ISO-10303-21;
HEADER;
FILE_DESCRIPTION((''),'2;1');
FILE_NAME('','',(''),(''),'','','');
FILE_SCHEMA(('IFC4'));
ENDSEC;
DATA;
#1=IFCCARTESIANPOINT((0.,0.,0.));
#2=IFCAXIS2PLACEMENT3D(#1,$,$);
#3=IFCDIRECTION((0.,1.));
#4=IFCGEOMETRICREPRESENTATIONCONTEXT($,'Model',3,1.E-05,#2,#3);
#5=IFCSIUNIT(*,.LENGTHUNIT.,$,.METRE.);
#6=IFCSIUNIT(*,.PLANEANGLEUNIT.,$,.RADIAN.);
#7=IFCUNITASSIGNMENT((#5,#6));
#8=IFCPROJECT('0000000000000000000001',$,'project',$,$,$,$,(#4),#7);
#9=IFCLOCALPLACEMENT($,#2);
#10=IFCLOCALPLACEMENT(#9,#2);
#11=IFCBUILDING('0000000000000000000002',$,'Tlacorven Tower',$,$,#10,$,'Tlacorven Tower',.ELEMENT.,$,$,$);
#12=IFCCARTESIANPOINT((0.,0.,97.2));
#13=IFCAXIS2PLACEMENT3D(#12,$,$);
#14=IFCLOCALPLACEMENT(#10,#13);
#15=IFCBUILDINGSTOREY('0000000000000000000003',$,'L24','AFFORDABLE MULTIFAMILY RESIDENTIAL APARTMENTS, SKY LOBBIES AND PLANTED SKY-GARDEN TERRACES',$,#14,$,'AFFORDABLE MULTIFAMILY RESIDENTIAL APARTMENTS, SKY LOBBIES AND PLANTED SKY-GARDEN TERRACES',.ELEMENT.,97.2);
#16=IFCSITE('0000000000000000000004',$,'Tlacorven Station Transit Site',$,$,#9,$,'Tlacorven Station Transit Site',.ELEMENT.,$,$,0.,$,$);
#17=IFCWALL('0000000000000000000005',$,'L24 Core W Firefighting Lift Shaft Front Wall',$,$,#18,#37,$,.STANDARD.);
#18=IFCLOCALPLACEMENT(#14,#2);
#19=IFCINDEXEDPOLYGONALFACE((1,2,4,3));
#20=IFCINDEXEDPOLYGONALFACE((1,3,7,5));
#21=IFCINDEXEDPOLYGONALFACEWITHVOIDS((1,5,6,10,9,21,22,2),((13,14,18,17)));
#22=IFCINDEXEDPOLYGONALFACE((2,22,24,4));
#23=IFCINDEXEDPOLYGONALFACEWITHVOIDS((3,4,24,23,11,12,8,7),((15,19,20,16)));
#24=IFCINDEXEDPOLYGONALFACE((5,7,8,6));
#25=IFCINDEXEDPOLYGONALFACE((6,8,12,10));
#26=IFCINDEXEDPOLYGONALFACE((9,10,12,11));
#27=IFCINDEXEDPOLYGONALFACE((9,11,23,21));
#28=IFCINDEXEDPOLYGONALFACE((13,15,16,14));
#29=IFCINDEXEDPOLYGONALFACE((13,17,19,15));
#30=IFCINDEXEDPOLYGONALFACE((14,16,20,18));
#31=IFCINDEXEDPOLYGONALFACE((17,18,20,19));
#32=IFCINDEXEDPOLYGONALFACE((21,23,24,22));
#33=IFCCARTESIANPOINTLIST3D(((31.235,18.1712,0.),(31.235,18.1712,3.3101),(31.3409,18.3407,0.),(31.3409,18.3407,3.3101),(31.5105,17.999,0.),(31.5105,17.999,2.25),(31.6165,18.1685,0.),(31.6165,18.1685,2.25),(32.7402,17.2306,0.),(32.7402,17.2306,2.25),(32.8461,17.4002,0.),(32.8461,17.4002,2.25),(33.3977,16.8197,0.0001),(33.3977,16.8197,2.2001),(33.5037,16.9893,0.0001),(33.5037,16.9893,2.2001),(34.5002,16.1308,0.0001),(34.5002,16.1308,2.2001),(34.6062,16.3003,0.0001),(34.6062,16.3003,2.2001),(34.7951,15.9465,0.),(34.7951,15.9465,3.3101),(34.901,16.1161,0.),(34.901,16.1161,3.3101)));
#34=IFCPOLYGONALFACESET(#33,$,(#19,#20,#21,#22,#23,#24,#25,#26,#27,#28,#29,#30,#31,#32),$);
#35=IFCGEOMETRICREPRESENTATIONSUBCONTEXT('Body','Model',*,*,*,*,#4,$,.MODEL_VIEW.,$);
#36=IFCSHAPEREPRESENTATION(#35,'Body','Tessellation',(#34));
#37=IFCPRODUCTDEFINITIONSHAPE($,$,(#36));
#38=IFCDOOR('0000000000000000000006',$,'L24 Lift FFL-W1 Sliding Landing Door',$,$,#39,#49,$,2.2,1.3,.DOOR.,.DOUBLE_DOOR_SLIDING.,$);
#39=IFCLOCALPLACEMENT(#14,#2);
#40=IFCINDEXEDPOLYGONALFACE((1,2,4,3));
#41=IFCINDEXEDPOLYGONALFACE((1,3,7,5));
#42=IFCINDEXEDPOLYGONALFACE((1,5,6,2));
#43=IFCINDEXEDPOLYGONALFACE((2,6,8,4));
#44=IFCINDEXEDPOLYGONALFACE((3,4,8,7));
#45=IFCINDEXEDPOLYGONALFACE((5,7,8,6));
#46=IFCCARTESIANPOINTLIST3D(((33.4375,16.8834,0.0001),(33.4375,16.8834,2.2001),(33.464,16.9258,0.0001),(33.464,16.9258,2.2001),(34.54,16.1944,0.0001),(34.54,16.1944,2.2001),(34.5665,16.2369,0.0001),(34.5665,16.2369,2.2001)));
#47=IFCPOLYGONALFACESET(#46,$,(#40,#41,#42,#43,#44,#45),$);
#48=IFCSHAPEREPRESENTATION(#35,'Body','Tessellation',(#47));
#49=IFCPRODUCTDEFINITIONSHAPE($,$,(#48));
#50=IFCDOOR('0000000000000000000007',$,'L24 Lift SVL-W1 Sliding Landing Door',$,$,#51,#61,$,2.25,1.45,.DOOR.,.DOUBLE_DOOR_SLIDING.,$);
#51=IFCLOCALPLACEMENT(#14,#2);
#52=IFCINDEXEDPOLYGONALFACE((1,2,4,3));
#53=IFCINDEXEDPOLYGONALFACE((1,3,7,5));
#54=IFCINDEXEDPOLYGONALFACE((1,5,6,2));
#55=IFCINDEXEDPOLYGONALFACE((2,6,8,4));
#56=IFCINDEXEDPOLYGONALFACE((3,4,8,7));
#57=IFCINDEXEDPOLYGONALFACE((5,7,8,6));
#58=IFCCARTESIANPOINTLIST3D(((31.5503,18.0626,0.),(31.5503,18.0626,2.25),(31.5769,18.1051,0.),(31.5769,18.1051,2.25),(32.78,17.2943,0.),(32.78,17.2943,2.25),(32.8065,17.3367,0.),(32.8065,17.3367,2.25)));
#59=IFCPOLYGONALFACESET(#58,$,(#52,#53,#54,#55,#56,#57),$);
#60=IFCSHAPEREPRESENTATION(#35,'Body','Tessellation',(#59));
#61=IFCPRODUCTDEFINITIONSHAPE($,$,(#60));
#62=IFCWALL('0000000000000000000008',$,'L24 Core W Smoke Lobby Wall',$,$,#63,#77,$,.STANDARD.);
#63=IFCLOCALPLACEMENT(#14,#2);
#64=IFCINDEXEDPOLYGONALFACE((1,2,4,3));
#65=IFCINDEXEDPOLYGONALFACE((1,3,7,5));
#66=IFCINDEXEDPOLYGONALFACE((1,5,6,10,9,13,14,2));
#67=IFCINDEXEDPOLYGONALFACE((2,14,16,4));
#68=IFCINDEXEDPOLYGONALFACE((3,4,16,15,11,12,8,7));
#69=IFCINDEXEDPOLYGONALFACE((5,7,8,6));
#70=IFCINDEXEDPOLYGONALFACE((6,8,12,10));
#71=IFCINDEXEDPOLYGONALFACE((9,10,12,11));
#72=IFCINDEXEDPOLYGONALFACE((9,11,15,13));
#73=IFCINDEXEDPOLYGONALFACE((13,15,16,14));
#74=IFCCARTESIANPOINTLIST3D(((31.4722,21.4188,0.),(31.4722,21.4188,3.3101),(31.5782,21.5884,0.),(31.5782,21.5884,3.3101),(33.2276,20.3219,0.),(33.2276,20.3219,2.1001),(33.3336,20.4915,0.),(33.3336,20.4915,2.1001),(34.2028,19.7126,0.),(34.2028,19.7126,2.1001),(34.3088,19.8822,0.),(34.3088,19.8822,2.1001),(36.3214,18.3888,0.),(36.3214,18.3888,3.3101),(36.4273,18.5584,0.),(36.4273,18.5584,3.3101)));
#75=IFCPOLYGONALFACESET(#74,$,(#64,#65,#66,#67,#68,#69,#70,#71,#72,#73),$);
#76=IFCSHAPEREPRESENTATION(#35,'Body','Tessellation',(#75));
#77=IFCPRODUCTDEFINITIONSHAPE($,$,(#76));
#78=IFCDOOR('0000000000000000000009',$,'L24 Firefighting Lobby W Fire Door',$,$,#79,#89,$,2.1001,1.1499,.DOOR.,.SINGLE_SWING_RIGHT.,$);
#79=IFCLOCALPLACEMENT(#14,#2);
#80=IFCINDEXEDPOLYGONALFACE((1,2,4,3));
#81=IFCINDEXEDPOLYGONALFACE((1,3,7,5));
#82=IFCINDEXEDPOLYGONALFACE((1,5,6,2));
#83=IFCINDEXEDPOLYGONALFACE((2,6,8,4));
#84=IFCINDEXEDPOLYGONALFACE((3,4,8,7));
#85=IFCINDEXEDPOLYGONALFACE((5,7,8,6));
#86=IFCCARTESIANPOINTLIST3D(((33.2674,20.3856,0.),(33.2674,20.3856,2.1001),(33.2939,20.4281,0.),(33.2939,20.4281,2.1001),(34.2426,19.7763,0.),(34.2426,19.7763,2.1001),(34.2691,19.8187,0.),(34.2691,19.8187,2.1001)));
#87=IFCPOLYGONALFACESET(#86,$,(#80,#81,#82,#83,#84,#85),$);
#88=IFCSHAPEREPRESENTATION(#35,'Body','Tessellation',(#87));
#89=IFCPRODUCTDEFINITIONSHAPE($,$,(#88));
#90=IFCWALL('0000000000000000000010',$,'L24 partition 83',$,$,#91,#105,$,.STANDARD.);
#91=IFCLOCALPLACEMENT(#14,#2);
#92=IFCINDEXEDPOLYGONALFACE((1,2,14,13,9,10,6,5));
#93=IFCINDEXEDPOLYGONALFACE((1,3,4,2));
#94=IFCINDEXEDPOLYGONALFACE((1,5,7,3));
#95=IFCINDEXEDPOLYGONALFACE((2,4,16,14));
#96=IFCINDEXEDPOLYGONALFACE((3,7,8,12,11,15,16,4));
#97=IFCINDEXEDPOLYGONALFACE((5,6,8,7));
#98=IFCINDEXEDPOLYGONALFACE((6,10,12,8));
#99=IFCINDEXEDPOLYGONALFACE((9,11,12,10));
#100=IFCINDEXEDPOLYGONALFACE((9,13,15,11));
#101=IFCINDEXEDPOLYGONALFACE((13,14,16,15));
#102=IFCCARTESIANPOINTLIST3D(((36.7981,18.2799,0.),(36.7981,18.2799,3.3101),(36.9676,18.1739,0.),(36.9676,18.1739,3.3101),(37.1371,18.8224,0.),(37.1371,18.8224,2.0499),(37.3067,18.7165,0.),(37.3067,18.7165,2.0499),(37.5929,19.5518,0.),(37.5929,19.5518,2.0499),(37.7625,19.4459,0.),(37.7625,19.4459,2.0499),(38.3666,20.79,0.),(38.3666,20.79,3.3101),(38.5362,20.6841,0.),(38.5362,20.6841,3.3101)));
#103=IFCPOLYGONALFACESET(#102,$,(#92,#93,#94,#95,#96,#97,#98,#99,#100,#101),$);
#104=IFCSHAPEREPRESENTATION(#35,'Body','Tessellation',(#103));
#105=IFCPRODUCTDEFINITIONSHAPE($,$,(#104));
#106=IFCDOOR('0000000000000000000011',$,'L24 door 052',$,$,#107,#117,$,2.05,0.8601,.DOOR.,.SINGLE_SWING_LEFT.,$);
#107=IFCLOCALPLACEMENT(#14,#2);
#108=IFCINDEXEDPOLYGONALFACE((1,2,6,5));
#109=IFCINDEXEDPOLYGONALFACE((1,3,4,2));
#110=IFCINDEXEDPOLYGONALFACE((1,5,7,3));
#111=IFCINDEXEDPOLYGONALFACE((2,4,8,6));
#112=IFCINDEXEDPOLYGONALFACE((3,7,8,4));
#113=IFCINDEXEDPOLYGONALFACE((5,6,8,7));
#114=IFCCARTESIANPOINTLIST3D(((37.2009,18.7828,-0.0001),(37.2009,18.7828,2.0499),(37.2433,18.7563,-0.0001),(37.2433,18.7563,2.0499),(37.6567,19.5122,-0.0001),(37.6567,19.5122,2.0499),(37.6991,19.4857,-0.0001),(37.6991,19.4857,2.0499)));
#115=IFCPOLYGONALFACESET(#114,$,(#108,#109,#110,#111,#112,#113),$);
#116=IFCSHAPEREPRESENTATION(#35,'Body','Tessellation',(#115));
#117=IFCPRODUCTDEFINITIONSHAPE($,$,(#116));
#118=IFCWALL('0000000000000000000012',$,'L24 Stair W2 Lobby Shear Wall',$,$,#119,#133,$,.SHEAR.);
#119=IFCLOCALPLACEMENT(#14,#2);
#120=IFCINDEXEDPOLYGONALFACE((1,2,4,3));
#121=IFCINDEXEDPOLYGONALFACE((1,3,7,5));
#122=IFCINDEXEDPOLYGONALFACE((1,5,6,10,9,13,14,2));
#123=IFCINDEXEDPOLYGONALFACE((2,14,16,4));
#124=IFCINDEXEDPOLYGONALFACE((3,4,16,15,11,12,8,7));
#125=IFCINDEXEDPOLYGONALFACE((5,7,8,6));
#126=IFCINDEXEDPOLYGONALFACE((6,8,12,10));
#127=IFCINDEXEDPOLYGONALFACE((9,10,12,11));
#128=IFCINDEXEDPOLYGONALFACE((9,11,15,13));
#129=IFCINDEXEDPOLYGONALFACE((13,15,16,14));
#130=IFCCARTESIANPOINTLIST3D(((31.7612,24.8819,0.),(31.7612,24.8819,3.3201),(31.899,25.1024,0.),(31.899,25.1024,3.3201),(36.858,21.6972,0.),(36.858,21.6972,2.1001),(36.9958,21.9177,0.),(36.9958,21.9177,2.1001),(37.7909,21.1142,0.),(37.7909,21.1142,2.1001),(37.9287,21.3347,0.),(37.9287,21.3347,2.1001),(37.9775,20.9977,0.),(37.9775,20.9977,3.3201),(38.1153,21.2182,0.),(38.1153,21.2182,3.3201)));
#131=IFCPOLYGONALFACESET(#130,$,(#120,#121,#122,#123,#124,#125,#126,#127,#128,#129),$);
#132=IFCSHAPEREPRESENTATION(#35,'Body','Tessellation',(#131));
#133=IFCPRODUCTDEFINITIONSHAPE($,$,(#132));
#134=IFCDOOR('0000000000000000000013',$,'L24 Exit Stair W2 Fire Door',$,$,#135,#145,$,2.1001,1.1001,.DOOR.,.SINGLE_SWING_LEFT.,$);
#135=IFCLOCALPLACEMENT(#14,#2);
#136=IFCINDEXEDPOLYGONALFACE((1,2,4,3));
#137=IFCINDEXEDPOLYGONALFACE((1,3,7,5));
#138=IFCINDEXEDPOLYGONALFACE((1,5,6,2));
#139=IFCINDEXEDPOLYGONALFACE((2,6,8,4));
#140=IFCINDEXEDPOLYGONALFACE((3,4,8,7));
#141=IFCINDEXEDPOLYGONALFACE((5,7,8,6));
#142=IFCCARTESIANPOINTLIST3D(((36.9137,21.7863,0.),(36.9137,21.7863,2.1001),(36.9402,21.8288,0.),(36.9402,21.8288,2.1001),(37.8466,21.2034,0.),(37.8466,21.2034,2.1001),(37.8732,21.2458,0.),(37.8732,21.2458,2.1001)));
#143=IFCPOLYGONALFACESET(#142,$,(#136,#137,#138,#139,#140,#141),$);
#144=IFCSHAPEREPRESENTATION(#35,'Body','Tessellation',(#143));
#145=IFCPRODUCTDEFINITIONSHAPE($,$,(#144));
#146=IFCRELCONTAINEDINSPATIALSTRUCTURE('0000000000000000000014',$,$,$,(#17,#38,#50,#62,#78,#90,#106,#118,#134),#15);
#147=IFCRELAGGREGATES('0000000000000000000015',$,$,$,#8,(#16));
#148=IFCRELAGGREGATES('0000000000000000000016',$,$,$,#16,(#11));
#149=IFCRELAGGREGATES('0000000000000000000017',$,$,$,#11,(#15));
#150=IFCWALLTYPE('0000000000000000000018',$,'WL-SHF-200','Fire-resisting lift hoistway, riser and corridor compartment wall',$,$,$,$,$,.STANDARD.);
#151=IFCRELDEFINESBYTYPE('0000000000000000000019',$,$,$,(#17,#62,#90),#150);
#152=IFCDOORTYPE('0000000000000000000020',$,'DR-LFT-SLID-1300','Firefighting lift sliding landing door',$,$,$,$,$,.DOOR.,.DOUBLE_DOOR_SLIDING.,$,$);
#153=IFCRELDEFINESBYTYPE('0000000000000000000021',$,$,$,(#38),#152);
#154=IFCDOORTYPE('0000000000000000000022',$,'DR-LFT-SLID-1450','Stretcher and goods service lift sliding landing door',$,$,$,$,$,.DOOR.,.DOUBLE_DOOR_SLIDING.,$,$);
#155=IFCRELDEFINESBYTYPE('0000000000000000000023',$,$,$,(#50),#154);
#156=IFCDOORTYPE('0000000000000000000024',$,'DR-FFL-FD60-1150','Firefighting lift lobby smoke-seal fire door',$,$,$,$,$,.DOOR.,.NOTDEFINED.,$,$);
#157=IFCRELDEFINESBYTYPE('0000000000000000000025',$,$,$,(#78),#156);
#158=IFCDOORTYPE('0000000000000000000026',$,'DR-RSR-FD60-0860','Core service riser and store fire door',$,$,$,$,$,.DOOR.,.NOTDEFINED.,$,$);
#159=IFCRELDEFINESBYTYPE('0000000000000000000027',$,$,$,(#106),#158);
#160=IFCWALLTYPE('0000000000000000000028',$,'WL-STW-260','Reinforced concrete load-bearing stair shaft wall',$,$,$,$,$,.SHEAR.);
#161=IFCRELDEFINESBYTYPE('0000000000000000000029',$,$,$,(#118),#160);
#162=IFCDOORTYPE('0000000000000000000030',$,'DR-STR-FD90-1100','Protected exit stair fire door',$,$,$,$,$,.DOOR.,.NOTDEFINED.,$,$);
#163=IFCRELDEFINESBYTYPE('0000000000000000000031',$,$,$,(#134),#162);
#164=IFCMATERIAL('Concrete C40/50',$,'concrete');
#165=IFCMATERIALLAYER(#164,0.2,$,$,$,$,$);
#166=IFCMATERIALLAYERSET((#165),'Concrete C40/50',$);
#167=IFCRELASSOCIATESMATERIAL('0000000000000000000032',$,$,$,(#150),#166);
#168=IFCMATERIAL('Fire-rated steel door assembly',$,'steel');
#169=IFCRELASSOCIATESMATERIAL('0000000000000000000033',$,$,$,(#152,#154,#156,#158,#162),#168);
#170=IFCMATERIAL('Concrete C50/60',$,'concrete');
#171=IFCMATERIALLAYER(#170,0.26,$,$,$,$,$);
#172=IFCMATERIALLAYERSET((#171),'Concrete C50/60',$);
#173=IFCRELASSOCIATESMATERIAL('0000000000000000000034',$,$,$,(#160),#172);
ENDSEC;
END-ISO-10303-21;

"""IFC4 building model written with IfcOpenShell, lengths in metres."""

from ifc_helpers import new_model, si_unit, direction, frame, frame_2d, origin, place, context, subcontext, project, spatial, rectangle, extrude, source, transform, mapped, material, layer, layer_set, type_object, element, fill, save


model = new_model("IFC4")

# Units and contexts
model_context = context("Model", 3, precision=1e-05, world=origin(), true_north=direction((0.0, 1.0)))
body_context = subcontext(model_context, "Body", "Model", "MODEL_VIEW")
ifc_project = project(units=[si_unit("LENGTHUNIT", "METRE"), si_unit("PLANEANGLEUNIT", "RADIAN")], contexts=[model_context])

# Site, building, storey
site_placement = place(None, origin())
site = spatial("IfcSite", under=ifc_project, at=site_placement, Name="Tlacorven Station Transit Site", LongName="Tlacorven Station Transit Site", CompositionType="ELEMENT", RefElevation=0.0)
building_placement = place(site_placement, origin())
building = spatial("IfcBuilding", under=site, at=building_placement, Name="Tlacorven Tower", LongName="Tlacorven Tower", CompositionType="ELEMENT")
storey_placement = place(building_placement, frame((0.0, 0.0, 97.2)))
storey = spatial("IfcBuildingStorey", under=building, at=storey_placement, Name="L24", Description="AFFORDABLE MULTIFAMILY RESIDENTIAL APARTMENTS, SKY LOBBIES AND PLANTED SKY-GARDEN TERRACES", LongName="AFFORDABLE MULTIFAMILY RESIDENTIAL APARTMENTS, SKY LOBBIES AND PLANTED SKY-GARDEN TERRACES", CompositionType="ELEMENT", Elevation=97.2)

# Shared definitions
ifc_material_1 = material(Name="Fire-rated steel door assembly", Category="steel")

# Wall, openings, doors
ifc_material_2 = material(Name="Concrete C40/50", Category="concrete")
ifc_layer_1 = layer(ifc_material_2, 0.2)
ifc_layer_set_1 = layer_set([ifc_layer_1], Name="Concrete C40/50")
wall_type_1 = type_object("IfcWallType", Name="WL-SHF-200", Description="Fire-resisting lift hoistway, riser and corridor compartment wall", PredefinedType="STANDARD", material=ifc_layer_set_1)
wall_1_placement = place(storey_placement, frame((34.8481, 16.0312, 0.0), z_axis=(0.0, 0.0, 1.0), x_axis=(-0.848044, 0.529926, 0.0)))
wall_1 = element("IfcWall", 1, at=wall_1_placement, inside=storey, type_object=wall_type_1, Name="L24 Core W Firefighting Lift Shaft Front Wall", PredefinedType="STANDARD", context=body_context, shape_type="SweptSolid", body=[
    extrude(rectangle(XDim=4.198, YDim=0.2, at=frame_2d((2.0991, 0.0))), origin(), (0.0, 0.0, 1.0), 3.3101),
])
opening_1_placement = place(wall_1_placement, frame((0.3479, 0.0, 0.0)))
opening_1 = element("IfcOpeningElement", 2, at=opening_1_placement, cuts=wall_1, PredefinedType="OPENING", context=body_context, shape_type="SweptSolid", body=[
    extrude(rectangle(XDim=1.3, YDim=2.2, at=frame_2d((0.6499, 1.1001))), frame((0.0, 0.1099, 0.0), z_axis=(0.0, -1.0, 0.0), x_axis=(1.0, 0.0, 0.0)), (0.0, 0.0, 1.0), 0.22),
])
opening_2_placement = place(wall_1_placement, frame((2.4231, 0.0, 0.0)))
opening_2 = element("IfcOpeningElement", 3, at=opening_2_placement, cuts=wall_1, PredefinedType="OPENING", context=body_context, shape_type="SweptSolid", body=[
    extrude(rectangle(XDim=1.45, YDim=2.25, at=frame_2d((0.7251, 1.125))), frame((0.0, 0.1099, 0.0), z_axis=(0.0, -1.0, 0.0), x_axis=(1.0, 0.0, 0.0)), (0.0, 0.0, 1.0), 0.22),
])
door_type_1 = type_object("IfcDoorType", Name="DR-LFT-SLID-1300", Description="Firefighting lift sliding landing door", OperationType="DOUBLE_DOOR_SLIDING", PredefinedType="DOOR", material=ifc_material_1)
shared_shape_1 = source(origin(), body_context, "Body", "SweptSolid", [
    extrude(rectangle(XDim=1.3, YDim=2.2, at=frame_2d((0.6499, 1.1001))), frame((0.0, 0.0249, 0.0), z_axis=(0.0, -1.0, 0.0), x_axis=(1.0, 0.0, 0.0)), (0.0, 0.0, 1.0), 0.05),
])
door_1_placement = place(opening_1_placement, origin())
door_1 = element("IfcDoor", 4, at=door_1_placement, inside=storey, type_object=door_type_1, Name="L24 Lift FFL-W1 Sliding Landing Door", OperationType="DOUBLE_DOOR_SLIDING", OverallHeight=2.2, OverallWidth=1.3, PredefinedType="DOOR", context=body_context, shape_type="MappedRepresentation", body=[
    mapped(shared_shape_1, transform((0.0, 0.0, 0.0), scale=1.0)),
])
fill(opening_1, door_1)
door_type_2 = type_object("IfcDoorType", Name="DR-LFT-SLID-1450", Description="Stretcher and goods service lift sliding landing door", OperationType="DOUBLE_DOOR_SLIDING", PredefinedType="DOOR", material=ifc_material_1)
shared_shape_2 = source(origin(), body_context, "Body", "SweptSolid", [
    extrude(rectangle(XDim=1.45, YDim=2.25, at=frame_2d((0.7251, 1.125))), frame((0.0, 0.0249, 0.0), z_axis=(0.0, -1.0, 0.0), x_axis=(1.0, 0.0, 0.0)), (0.0, 0.0, 1.0), 0.05),
])
door_2_placement = place(opening_2_placement, origin())
door_2 = element("IfcDoor", 5, at=door_2_placement, inside=storey, type_object=door_type_2, Name="L24 Lift SVL-W1 Sliding Landing Door", OperationType="DOUBLE_DOOR_SLIDING", OverallHeight=2.25, OverallWidth=1.45, PredefinedType="DOOR", context=body_context, shape_type="MappedRepresentation", body=[
    mapped(shared_shape_2, transform((0.0, 0.0, 0.0), scale=1.0)),
])
fill(opening_2, door_2)

# Walls, openings, doors
wall_2_placement = place(storey_placement, frame((36.3743, 18.4736, 0.0), z_axis=(0.0, 0.0, 1.0), x_axis=(-0.848051, 0.529915, 0.0)))
wall_2 = element("IfcWall", 6, at=wall_2_placement, inside=storey, type_object=wall_type_1, Name="L24 Core W Smoke Lobby Wall", PredefinedType="STANDARD", context=body_context, shape_type="SweptSolid", body=[
    extrude(rectangle(XDim=5.718, YDim=0.2, at=frame_2d((2.8589, 0.0))), origin(), (0.0, 0.0, 1.0), 3.3101),
])
opening_3_placement = place(wall_2_placement, frame((2.498, 0.0, 0.0)))
opening_3 = element("IfcOpeningElement", 7, at=opening_3_placement, cuts=wall_2, PredefinedType="OPENING", context=body_context, shape_type="SweptSolid", body=[
    extrude(rectangle(XDim=1.1499, YDim=2.1001, at=frame_2d((0.575, 1.05))), frame((0.0, 0.1099, 0.0), z_axis=(0.0, -1.0, 0.0), x_axis=(1.0, 0.0, 0.0)), (0.0, 0.0, 1.0), 0.22),
])
door_type_3 = type_object("IfcDoorType", Name="DR-FFL-FD60-1150", Description="Firefighting lift lobby smoke-seal fire door", OperationType="NOTDEFINED", PredefinedType="DOOR", material=ifc_material_1)
shared_shape_3 = source(origin(), body_context, "Body", "SweptSolid", [
    extrude(rectangle(XDim=1.1499, YDim=2.1001, at=frame_2d((0.575, 1.05))), frame((0.0, 0.0249, 0.0), z_axis=(0.0, -1.0, 0.0), x_axis=(1.0, 0.0, 0.0)), (0.0, 0.0, 1.0), 0.05),
])
door_3_placement = place(opening_3_placement, origin())
door_3 = element("IfcDoor", 8, at=door_3_placement, inside=storey, type_object=door_type_3, Name="L24 Firefighting Lobby W Fire Door", OperationType="SINGLE_SWING_RIGHT", OverallHeight=2.1001, OverallWidth=1.1499, PredefinedType="DOOR", context=body_context, shape_type="MappedRepresentation", body=[
    mapped(shared_shape_3, transform((0.0, 0.0, 0.0), scale=1.0)),
])
fill(opening_3, door_3)
wall_3_placement = place(storey_placement, frame((38.4514, 20.7371, 0.0), z_axis=(0.0, 0.0, 1.0), x_axis=(-0.529925, -0.848045, 0.0)))
wall_3 = element("IfcWall", 9, at=wall_3_placement, inside=storey, type_object=wall_type_1, Name="L24 partition 83", PredefinedType="STANDARD", context=body_context, shape_type="SweptSolid", body=[
    extrude(rectangle(XDim=2.96, YDim=0.2, at=frame_2d((1.48, 0.0))), origin(), (0.0, 0.0, 1.0), 3.3101),
])
opening_4_placement = place(wall_3_placement, frame((1.46, 0.0, 0.0)))
opening_4 = element("IfcOpeningElement", 10, at=opening_4_placement, cuts=wall_3, PredefinedType="OPENING", context=body_context, shape_type="SweptSolid", body=[
    extrude(rectangle(XDim=0.8601, YDim=2.05, at=frame_2d((0.4302, 1.0249))), frame((0.0, 0.1099, 0.0), z_axis=(0.0, -1.0, 0.0), x_axis=(1.0, 0.0, 0.0)), (0.0, 0.0, 1.0), 0.22),
])
door_type_4 = type_object("IfcDoorType", Name="DR-RSR-FD60-0860", Description="Core service riser and store fire door", OperationType="NOTDEFINED", PredefinedType="DOOR", material=ifc_material_1)
shared_shape_4 = source(origin(), body_context, "Body", "SweptSolid", [
    extrude(rectangle(XDim=0.8601, YDim=2.05, at=frame_2d((0.4302, 1.0249))), frame((0.0, 0.0249, 0.0), z_axis=(0.0, -1.0, 0.0), x_axis=(1.0, 0.0, 0.0)), (0.0, 0.0, 1.0), 0.05),
])
door_4_placement = place(opening_4_placement, frame((0.8601, 0.0, 0.0), z_axis=(0.0, 0.0, 1.0), x_axis=(-1.0, 0.0, 0.0)))
door_4 = element("IfcDoor", 11, at=door_4_placement, inside=storey, type_object=door_type_4, Name="L24 door 052", OperationType="SINGLE_SWING_LEFT", OverallHeight=2.05, OverallWidth=0.8601, PredefinedType="DOOR", context=body_context, shape_type="MappedRepresentation", body=[
    mapped(shared_shape_4, transform((0.0, 0.0, 0.0), scale=1.0)),
])
fill(opening_4, door_4)
ifc_material_3 = material(Name="Concrete C50/60", Category="concrete")
ifc_layer_2 = layer(ifc_material_3, 0.26)
ifc_layer_set_2 = layer_set([ifc_layer_2], Name="Concrete C50/60")
wall_type_2 = type_object("IfcWallType", Name="WL-STW-260", Description="Reinforced concrete load-bearing stair shaft wall", PredefinedType="SHEAR", material=ifc_layer_set_2)
wall_4_placement = place(storey_placement, frame((38.0464, 21.1079, 0.0), z_axis=(0.0, 0.0, 1.0), x_axis=(-0.848054, 0.529909, 0.0)))
wall_4 = element("IfcWall", 12, at=wall_4_placement, inside=storey, type_object=wall_type_2, Name="L24 Stair W2 Lobby Shear Wall", PredefinedType="SHEAR", context=body_context, shape_type="SweptSolid", body=[
    extrude(rectangle(XDim=7.3301, YDim=0.26, at=frame_2d((3.665, 0.0))), origin(), (0.0, 0.0, 1.0), 3.3201),
])
opening_5_placement = place(wall_4_placement, frame((0.22, 0.0, 0.0)))
opening_5 = element("IfcOpeningElement", 13, at=opening_5_placement, cuts=wall_4, PredefinedType="OPENING", context=body_context, shape_type="SweptSolid", body=[
    extrude(rectangle(XDim=1.1001, YDim=2.1001, at=frame_2d((0.55, 1.05))), frame((0.0, 0.1401, 0.0), z_axis=(0.0, -1.0, 0.0), x_axis=(1.0, 0.0, 0.0)), (0.0, 0.0, 1.0), 0.28),
])
door_type_5 = type_object("IfcDoorType", Name="DR-STR-FD90-1100", Description="Protected exit stair fire door", OperationType="NOTDEFINED", PredefinedType="DOOR", material=ifc_material_1)
shared_shape_5 = source(origin(), body_context, "Body", "SweptSolid", [
    extrude(rectangle(XDim=1.1001, YDim=2.1001, at=frame_2d((0.55, 1.05))), frame((0.0, 0.0249, 0.0), z_axis=(0.0, -1.0, 0.0), x_axis=(1.0, 0.0, 0.0)), (0.0, 0.0, 1.0), 0.05),
])
door_5_placement = place(opening_5_placement, origin())
door_5 = element("IfcDoor", 14, at=door_5_placement, inside=storey, type_object=door_type_5, Name="L24 Exit Stair W2 Fire Door", OperationType="SINGLE_SWING_LEFT", OverallHeight=2.1001, OverallWidth=1.1001, PredefinedType="DOOR", context=body_context, shape_type="MappedRepresentation", body=[
    mapped(shared_shape_5, transform((0.0, 0.0, 0.0), scale=1.0)),
])
fill(opening_5, door_5)

save(model, "model.ifc")
